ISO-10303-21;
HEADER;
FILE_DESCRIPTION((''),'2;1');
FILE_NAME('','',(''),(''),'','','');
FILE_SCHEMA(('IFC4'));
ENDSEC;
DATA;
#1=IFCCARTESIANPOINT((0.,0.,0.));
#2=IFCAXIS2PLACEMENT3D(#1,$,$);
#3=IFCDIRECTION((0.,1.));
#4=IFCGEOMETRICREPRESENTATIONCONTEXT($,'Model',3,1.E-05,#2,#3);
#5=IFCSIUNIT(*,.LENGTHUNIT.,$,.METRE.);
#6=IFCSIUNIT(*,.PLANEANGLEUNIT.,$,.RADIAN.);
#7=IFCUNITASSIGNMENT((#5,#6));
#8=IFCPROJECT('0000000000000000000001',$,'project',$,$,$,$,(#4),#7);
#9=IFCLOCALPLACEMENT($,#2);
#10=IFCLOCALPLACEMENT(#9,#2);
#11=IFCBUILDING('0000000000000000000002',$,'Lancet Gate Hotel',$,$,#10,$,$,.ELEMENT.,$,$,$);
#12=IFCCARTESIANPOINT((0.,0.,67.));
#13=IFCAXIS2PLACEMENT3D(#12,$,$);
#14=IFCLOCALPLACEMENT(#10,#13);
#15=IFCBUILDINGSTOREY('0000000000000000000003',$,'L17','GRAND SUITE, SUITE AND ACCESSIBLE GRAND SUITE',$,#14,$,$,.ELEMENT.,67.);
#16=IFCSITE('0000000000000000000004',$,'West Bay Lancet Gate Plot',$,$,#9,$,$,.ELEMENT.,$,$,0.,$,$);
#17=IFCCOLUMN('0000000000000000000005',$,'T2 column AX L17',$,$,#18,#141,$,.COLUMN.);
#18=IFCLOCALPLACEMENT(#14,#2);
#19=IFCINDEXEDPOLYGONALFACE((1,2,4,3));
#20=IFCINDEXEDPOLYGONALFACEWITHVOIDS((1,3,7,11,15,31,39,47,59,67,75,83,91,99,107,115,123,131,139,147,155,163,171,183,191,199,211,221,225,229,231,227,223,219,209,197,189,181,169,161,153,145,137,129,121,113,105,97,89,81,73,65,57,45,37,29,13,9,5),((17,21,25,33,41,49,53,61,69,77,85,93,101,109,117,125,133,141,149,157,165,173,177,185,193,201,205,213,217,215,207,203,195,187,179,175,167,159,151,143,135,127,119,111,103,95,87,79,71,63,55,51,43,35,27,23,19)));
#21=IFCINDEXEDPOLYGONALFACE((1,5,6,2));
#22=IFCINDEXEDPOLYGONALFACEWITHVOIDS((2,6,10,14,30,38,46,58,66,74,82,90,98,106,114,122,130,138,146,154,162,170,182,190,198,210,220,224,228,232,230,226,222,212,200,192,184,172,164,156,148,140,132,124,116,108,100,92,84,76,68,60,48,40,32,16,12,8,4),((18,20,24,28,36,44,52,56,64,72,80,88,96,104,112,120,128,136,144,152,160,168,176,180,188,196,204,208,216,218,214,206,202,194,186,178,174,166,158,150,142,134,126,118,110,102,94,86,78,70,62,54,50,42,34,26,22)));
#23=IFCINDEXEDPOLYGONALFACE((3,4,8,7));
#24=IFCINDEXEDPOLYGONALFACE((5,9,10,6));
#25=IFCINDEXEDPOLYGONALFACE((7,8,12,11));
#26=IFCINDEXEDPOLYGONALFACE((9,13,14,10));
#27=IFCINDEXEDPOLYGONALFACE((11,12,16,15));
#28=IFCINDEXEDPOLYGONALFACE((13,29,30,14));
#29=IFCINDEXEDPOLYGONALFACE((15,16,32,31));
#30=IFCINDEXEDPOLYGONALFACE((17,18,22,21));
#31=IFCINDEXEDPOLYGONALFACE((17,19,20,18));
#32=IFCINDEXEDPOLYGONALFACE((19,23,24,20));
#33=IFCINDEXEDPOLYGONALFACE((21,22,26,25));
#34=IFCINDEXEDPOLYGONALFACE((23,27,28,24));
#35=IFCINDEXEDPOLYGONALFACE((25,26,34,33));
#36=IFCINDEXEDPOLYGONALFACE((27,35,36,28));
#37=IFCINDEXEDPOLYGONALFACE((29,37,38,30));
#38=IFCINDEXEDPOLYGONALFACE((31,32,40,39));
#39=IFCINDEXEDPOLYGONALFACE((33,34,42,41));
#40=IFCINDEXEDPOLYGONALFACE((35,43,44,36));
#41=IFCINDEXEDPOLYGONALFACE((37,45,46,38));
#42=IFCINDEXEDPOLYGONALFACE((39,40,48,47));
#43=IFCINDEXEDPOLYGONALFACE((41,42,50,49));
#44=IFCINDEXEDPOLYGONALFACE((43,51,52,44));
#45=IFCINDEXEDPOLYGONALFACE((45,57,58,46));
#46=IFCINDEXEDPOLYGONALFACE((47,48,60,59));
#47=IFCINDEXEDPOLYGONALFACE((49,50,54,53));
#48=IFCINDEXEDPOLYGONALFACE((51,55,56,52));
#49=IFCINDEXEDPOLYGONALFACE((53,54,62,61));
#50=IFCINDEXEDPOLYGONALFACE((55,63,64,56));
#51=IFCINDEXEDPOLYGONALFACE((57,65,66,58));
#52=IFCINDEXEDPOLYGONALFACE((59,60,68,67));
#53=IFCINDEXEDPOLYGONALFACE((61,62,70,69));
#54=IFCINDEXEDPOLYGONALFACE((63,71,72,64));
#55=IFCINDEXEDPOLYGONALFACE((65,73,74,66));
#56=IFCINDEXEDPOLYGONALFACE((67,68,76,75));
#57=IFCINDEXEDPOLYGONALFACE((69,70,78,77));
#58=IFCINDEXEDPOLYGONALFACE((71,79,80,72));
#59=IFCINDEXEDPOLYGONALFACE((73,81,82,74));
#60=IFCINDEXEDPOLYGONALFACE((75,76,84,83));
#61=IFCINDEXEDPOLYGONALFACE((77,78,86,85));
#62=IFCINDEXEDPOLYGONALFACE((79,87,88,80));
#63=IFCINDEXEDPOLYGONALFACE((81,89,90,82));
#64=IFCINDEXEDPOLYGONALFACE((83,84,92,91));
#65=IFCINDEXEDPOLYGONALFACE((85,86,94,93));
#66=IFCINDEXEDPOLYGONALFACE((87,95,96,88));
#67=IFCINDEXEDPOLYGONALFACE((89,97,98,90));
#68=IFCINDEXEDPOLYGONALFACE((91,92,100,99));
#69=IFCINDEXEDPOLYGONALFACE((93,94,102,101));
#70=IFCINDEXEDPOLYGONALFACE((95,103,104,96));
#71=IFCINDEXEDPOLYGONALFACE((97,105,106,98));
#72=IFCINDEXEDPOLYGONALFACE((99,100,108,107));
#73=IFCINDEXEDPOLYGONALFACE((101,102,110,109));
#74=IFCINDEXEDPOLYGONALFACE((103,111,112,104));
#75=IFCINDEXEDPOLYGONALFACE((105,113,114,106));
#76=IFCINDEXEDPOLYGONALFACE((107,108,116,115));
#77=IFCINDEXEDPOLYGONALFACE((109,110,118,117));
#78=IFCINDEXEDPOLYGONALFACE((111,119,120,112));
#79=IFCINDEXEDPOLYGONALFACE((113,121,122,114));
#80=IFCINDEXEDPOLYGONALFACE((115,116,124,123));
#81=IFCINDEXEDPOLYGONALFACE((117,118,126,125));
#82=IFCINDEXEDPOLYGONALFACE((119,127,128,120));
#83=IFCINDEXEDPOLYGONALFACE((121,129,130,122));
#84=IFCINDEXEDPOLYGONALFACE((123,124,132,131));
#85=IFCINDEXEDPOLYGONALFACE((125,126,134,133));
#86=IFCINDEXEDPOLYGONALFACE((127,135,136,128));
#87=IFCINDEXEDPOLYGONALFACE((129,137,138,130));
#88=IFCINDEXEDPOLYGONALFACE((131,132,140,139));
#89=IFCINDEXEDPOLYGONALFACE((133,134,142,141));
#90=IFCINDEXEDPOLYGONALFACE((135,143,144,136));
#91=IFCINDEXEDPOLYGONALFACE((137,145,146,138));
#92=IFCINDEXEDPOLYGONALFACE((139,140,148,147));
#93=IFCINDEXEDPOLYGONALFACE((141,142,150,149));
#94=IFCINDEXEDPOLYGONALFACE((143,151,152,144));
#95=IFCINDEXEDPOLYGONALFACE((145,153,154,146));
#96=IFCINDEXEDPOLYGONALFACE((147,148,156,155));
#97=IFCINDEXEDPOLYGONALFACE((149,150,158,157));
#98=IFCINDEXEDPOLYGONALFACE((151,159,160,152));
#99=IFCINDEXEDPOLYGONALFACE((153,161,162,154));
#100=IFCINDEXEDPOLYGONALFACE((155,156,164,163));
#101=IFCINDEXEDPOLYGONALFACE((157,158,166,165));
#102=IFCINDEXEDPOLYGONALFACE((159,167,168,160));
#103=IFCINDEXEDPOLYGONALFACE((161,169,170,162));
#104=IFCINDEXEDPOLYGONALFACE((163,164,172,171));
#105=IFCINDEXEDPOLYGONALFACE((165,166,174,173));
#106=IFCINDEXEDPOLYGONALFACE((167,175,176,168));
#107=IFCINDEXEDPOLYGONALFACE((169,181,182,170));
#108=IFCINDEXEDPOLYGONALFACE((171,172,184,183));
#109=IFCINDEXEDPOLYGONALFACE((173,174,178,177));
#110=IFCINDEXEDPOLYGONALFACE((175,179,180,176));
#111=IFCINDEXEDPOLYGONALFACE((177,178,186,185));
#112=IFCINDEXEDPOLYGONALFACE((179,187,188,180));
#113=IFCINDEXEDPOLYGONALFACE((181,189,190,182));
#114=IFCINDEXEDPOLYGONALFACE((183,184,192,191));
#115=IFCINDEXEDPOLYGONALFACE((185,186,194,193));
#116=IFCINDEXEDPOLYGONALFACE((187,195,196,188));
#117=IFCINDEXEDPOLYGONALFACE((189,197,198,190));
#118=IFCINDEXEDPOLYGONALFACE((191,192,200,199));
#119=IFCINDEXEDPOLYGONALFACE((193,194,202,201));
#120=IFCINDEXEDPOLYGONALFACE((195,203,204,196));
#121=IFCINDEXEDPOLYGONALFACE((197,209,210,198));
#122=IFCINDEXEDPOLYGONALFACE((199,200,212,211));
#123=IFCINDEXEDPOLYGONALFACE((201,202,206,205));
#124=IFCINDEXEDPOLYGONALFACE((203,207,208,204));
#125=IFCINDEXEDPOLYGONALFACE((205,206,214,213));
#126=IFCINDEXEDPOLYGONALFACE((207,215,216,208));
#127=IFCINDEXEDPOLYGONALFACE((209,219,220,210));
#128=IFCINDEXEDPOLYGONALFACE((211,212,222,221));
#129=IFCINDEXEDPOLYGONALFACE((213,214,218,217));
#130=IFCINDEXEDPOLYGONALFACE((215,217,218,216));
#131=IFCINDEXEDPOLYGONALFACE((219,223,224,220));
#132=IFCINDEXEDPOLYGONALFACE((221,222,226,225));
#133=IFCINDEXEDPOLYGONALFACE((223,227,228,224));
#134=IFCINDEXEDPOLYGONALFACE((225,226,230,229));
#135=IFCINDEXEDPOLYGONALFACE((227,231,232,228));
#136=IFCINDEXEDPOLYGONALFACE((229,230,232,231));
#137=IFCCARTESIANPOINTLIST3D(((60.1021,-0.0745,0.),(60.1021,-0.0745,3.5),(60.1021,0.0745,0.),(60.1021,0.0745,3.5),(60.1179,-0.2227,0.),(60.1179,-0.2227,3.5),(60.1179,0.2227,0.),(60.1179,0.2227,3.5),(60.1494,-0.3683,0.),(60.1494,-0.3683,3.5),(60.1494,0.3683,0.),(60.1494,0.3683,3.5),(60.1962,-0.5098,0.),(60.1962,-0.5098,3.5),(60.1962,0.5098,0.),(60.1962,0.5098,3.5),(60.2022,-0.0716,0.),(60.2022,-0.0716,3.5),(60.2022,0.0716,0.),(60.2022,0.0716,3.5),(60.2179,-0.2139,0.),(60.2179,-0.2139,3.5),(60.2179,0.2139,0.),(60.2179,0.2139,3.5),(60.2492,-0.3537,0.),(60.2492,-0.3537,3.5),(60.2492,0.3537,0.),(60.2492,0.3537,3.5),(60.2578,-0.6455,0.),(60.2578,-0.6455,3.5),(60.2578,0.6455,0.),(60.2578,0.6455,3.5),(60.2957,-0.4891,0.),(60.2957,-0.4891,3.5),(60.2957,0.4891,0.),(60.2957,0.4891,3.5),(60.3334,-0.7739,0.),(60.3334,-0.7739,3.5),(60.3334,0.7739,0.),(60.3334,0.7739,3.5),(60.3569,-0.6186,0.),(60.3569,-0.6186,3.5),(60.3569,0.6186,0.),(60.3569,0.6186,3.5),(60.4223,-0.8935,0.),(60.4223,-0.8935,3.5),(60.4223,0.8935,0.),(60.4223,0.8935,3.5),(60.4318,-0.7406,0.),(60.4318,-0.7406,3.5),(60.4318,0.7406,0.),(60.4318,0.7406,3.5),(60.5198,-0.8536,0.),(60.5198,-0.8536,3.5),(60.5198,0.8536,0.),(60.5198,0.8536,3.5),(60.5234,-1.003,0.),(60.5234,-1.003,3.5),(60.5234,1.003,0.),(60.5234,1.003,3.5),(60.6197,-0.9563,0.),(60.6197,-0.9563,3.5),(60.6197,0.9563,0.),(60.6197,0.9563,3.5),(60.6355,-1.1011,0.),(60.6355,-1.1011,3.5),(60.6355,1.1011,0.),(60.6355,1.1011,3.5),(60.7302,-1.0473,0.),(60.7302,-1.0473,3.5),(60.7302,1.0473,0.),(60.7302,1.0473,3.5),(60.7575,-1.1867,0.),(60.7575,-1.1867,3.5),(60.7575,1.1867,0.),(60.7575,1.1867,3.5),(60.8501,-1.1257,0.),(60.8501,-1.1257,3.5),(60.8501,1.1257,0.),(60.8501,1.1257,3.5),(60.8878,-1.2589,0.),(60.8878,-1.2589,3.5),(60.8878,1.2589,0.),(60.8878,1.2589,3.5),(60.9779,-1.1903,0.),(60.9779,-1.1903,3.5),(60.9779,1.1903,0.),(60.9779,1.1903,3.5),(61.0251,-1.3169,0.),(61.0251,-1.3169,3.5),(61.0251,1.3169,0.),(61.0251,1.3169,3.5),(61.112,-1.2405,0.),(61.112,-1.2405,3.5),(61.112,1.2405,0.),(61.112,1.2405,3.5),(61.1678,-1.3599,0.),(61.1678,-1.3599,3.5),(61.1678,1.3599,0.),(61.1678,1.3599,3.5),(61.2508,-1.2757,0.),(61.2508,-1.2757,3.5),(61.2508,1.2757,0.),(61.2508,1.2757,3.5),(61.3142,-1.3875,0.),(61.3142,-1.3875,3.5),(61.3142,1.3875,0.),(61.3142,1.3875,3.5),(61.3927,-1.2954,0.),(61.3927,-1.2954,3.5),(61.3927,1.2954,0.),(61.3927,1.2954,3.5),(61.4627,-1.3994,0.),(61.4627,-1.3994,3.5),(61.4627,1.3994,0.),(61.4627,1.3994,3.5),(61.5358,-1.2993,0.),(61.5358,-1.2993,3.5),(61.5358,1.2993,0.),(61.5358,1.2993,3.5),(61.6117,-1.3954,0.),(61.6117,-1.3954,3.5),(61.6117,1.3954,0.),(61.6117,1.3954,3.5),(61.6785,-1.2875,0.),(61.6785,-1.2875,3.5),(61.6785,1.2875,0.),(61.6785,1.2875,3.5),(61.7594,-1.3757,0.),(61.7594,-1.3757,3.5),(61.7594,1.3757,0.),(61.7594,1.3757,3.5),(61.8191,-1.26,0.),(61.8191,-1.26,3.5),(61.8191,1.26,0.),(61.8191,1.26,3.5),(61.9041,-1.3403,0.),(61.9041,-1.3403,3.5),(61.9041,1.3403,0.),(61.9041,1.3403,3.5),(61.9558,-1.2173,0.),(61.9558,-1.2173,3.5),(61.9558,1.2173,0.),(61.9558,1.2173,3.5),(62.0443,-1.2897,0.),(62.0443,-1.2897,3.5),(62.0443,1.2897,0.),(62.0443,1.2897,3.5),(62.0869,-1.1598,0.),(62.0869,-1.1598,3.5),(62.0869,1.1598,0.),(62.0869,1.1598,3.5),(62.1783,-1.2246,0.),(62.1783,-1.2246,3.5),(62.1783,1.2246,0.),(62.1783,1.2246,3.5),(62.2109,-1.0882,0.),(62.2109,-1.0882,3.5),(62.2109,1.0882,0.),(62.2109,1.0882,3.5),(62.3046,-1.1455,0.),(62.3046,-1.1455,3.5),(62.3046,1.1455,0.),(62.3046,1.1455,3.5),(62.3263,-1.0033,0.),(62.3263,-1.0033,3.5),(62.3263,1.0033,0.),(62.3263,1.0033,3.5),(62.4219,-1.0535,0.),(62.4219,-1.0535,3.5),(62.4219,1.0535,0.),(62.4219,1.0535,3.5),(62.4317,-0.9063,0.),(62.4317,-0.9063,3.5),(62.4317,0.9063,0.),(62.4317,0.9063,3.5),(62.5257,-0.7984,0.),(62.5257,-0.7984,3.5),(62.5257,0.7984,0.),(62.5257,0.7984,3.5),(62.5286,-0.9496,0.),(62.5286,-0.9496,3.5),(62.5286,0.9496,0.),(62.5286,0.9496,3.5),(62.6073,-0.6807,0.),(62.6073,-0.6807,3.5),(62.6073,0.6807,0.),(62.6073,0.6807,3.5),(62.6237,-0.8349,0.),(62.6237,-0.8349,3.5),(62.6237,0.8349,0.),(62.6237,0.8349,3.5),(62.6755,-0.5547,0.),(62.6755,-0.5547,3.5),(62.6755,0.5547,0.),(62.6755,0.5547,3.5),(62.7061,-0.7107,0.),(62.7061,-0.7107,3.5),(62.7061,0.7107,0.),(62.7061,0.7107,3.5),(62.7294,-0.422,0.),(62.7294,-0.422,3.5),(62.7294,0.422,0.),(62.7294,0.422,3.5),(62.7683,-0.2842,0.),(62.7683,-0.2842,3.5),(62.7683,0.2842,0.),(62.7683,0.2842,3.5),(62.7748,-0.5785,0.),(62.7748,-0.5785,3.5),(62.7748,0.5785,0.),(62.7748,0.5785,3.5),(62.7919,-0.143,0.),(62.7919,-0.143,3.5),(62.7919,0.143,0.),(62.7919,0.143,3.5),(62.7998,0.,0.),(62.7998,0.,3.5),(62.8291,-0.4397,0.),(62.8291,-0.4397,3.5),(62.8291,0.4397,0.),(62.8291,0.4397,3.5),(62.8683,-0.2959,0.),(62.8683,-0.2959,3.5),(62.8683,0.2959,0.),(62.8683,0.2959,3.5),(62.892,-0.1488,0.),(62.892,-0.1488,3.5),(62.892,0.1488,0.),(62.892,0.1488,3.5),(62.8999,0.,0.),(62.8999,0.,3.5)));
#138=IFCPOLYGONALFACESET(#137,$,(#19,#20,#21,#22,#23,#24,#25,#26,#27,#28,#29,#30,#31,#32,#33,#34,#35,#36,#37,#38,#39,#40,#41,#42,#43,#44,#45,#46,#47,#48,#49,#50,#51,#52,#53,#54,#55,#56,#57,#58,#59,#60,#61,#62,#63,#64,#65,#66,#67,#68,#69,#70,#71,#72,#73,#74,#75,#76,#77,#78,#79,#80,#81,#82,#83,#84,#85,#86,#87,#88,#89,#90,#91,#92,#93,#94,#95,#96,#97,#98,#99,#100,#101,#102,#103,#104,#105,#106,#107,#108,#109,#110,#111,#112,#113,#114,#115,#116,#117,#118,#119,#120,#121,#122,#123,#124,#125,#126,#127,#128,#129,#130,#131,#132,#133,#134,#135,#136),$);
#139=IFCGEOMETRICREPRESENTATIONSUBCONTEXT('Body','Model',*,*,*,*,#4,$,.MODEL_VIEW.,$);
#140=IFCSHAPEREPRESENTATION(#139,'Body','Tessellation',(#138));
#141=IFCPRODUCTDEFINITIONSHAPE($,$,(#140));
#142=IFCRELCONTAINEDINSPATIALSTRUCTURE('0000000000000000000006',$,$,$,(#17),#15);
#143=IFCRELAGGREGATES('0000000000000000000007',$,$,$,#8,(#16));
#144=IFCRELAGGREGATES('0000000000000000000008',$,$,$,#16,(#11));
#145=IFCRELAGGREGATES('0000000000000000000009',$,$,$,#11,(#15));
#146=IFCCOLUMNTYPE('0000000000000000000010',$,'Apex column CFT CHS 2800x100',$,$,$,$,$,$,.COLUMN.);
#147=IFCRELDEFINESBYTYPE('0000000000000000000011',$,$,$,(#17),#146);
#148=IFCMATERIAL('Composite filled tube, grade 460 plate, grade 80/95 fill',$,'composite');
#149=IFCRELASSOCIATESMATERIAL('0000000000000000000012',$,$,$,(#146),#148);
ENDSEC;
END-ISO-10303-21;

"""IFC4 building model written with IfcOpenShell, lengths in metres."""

from ifc_helpers import new_model, si_unit, direction, frame, origin, origin_2d, place, context, subcontext, project, spatial, hollow_circle, extrude, material, material_profile, profile_set, type_object, element, save


model = new_model("IFC4")

# Units and contexts
model_context = context("Model", 3, precision=1e-05, world=origin(), true_north=direction((0.0, 1.0)))
body_context = subcontext(model_context, "Body", "Model", "MODEL_VIEW")
ifc_project = project(units=[si_unit("LENGTHUNIT", "METRE"), si_unit("PLANEANGLEUNIT", "RADIAN")], contexts=[model_context])

# Site, building, storey
site_placement = place(None, origin())
site = spatial("IfcSite", under=ifc_project, at=site_placement, Name="West Bay Lancet Gate Plot", CompositionType="ELEMENT", RefElevation=0.0)
building_placement = place(site_placement, origin())
building = spatial("IfcBuilding", under=site, at=building_placement, Name="Lancet Gate Hotel", CompositionType="ELEMENT")
storey_placement = place(building_placement, frame((0.0, 0.0, 67.0)))
storey = spatial("IfcBuildingStorey", under=building, at=storey_placement, Name="L17", Description="GRAND SUITE, SUITE AND ACCESSIBLE GRAND SUITE", CompositionType="ELEMENT", Elevation=67.0)

# Column
ifc_material_1 = material(Name="Composite filled tube, grade 460 plate, grade 80/95 fill", Category="composite")
ifc_material_profile_1 = material_profile(ifc_material_1, hollow_circle(Radius=1.3999, WallThickness=0.1001, at=origin_2d()), Name="CHS 2800x100")
ifc_profile_set_1 = profile_set([ifc_material_profile_1], Name="Composite filled tube, grade 460 plate, grade 80/95 fill")
column_type_1 = type_object("IfcColumnType", Name="Apex column CFT CHS 2800x100", PredefinedType="COLUMN", material=ifc_profile_set_1)
column_1_placement = place(storey_placement, frame((61.5, 0.0, 0.0), z_axis=(0.0, 0.0, 1.0), x_axis=(1.0, 0.0, 0.0)))
element("IfcColumn", 1, at=column_1_placement, inside=storey, type_object=column_type_1, Name="T2 column AX L17", PredefinedType="COLUMN", context=body_context, shape_type="SweptSolid", body=[
    extrude(hollow_circle(Radius=1.3999, WallThickness=0.1001, at=origin_2d()), origin(), (0.0, 0.0, 1.0), 3.5),
])

save(model, "model.ifc")
